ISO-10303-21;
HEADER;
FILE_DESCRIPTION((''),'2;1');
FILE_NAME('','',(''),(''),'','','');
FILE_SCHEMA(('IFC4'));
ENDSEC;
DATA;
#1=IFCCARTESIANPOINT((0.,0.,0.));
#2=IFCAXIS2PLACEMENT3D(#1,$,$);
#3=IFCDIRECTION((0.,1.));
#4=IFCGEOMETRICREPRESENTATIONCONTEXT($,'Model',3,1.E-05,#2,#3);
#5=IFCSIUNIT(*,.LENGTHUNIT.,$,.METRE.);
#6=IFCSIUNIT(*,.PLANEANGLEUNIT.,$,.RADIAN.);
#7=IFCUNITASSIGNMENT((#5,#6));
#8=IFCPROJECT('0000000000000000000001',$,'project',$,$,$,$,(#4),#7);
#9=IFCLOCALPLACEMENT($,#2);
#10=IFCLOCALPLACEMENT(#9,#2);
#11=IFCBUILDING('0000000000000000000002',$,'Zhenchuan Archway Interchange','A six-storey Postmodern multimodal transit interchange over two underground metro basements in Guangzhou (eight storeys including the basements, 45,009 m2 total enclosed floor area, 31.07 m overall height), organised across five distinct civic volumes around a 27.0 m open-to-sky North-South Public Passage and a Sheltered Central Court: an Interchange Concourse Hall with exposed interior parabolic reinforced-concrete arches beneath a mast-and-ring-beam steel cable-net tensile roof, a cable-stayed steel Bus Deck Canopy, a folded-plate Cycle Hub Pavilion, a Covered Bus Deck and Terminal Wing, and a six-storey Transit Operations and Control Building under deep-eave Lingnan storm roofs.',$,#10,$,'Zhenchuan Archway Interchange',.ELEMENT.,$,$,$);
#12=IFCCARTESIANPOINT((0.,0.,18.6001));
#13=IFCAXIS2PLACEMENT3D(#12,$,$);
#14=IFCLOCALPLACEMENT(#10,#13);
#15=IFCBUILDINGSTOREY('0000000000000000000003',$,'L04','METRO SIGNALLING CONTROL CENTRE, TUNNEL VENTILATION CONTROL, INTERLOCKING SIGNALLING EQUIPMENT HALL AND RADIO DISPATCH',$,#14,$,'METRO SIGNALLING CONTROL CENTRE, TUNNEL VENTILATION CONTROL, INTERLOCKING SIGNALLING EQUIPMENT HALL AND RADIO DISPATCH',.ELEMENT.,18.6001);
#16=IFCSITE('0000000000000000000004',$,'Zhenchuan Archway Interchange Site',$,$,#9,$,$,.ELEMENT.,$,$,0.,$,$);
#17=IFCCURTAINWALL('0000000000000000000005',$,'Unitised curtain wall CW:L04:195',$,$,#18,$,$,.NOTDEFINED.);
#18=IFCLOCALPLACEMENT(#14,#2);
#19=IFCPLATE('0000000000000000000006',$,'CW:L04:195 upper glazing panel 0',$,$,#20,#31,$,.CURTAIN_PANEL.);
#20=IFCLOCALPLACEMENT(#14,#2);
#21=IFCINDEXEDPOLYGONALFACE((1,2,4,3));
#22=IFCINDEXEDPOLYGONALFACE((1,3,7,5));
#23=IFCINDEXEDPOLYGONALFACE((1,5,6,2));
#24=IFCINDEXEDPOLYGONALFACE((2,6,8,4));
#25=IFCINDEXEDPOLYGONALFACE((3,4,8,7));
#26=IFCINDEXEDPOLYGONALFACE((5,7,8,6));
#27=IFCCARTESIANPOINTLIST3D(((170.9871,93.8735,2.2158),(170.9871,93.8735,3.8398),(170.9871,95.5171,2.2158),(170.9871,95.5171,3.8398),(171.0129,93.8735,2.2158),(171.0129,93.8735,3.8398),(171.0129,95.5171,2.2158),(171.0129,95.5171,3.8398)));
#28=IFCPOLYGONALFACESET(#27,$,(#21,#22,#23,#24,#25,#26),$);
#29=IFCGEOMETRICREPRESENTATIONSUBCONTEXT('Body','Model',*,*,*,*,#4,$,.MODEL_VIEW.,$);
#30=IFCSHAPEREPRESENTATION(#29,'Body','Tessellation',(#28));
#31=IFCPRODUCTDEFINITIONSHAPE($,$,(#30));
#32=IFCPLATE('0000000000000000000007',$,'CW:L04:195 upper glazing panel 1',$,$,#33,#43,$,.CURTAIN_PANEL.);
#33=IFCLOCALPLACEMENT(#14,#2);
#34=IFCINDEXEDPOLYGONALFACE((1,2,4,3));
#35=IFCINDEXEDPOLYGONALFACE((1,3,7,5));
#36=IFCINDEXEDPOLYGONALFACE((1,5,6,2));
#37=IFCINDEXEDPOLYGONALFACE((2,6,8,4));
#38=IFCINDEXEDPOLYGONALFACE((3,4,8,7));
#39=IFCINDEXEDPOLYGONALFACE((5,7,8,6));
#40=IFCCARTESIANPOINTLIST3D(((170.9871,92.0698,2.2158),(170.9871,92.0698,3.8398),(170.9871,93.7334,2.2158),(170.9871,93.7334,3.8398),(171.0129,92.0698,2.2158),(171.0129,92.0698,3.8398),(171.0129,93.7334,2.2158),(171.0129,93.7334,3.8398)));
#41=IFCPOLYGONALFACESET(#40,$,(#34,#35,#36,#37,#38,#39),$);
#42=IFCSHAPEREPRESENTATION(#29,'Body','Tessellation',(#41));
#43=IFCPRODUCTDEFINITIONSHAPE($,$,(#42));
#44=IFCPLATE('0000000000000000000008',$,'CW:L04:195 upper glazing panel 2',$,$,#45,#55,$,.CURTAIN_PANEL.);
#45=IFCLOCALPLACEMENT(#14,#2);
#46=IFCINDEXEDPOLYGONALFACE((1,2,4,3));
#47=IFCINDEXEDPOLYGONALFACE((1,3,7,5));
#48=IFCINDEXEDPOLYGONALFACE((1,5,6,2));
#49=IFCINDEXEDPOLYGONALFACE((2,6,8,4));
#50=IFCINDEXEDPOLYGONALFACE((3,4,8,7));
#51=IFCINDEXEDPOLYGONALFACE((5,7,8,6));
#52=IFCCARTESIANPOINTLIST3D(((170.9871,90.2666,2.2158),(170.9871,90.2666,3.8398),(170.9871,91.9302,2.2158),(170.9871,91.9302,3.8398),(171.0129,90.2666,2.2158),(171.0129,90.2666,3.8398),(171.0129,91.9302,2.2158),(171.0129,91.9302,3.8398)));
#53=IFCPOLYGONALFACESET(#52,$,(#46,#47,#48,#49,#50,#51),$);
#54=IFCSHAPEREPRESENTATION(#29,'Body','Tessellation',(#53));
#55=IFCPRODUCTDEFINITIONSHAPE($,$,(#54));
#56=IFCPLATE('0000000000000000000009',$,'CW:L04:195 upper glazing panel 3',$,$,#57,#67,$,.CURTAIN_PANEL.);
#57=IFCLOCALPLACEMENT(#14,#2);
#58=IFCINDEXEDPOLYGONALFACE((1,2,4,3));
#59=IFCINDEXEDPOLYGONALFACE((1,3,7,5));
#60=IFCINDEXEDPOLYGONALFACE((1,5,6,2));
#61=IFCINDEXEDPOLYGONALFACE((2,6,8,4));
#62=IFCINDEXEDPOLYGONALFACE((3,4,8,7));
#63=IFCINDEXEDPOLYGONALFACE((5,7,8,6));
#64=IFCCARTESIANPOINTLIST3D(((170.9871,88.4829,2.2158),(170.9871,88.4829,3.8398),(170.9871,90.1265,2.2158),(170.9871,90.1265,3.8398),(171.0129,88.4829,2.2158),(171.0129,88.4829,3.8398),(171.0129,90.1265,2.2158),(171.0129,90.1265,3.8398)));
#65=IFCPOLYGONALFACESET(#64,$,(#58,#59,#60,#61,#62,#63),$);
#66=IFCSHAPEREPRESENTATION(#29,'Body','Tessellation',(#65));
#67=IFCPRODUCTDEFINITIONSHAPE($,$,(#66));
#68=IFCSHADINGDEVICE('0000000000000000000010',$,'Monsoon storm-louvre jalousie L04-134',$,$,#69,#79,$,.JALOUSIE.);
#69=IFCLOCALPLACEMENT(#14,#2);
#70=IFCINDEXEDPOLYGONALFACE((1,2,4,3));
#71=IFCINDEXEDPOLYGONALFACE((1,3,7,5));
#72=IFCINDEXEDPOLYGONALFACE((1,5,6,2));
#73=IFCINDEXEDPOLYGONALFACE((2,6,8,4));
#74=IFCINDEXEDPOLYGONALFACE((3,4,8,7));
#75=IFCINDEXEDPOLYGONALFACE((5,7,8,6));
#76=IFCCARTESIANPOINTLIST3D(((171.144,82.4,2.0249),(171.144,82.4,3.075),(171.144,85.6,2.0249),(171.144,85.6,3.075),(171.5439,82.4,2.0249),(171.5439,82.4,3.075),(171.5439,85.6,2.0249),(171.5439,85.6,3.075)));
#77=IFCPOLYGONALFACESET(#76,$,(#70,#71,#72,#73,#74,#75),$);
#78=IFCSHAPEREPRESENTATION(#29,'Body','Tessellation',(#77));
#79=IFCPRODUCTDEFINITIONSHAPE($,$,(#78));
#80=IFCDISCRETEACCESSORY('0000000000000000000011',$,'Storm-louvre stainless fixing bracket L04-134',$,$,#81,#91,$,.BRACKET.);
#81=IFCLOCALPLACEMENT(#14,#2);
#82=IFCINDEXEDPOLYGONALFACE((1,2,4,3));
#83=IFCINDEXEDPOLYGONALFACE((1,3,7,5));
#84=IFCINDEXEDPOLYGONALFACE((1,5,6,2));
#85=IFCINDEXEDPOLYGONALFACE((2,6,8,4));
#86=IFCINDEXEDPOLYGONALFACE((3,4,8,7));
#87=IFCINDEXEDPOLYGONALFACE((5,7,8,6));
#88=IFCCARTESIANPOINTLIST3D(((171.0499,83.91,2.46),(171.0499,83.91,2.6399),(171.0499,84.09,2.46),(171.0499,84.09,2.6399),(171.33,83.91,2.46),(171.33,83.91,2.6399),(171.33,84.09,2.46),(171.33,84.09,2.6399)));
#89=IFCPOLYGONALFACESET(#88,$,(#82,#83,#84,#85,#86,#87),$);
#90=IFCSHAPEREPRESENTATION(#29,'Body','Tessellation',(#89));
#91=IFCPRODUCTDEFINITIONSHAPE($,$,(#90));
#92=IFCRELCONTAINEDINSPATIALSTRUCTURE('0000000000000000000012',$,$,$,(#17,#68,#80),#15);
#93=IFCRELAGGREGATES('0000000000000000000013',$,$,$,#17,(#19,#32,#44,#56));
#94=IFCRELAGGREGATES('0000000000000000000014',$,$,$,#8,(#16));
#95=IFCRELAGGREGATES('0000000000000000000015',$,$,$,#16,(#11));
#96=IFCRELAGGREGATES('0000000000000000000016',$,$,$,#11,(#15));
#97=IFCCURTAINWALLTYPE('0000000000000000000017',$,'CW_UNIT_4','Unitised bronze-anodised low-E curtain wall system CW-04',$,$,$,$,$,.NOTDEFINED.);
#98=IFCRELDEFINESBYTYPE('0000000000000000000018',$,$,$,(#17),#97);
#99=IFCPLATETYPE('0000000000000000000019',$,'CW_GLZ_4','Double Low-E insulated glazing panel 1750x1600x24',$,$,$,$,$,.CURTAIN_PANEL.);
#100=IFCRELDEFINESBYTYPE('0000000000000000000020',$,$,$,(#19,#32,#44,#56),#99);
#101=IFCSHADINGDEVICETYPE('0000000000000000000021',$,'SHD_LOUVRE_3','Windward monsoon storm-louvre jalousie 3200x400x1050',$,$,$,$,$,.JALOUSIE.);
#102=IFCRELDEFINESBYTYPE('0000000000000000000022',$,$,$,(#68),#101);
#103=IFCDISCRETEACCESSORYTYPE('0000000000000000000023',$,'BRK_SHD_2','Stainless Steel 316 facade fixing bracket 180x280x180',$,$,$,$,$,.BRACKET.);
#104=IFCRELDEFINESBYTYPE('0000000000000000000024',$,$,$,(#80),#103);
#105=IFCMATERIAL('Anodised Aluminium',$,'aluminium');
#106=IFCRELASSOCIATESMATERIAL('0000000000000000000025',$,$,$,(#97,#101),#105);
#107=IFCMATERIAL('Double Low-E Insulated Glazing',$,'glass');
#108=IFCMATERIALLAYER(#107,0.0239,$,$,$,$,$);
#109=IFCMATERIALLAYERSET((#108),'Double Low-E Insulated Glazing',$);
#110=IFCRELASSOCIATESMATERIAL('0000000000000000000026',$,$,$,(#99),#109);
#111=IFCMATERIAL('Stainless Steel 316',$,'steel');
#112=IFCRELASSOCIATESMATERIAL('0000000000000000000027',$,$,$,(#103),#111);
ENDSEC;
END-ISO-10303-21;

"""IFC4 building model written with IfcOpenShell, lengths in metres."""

from ifc_helpers import new_model, si_unit, direction, frame, origin, origin_2d, place, context, subcontext, project, spatial, rectangle, extrude, material, layer, layer_set, type_object, element, aggregate, save


model = new_model("IFC4")

# Units and contexts
model_context = context("Model", 3, precision=1e-05, world=origin(), true_north=direction((0.0, 1.0)))
body_context = subcontext(model_context, "Body", "Model", "MODEL_VIEW")
ifc_project = project(units=[si_unit("LENGTHUNIT", "METRE"), si_unit("PLANEANGLEUNIT", "RADIAN")], contexts=[model_context])

# Site, building, storey
site_placement = place(None, origin())
site = spatial("IfcSite", under=ifc_project, at=site_placement, Name="Zhenchuan Archway Interchange Site", CompositionType="ELEMENT", RefElevation=0.0)
building_placement = place(site_placement, origin())
building = spatial("IfcBuilding", under=site, at=building_placement, Name="Zhenchuan Archway Interchange", Description="A six-storey Postmodern multimodal transit interchange over two underground metro basements in Guangzhou (eight storeys including the basements, 45,009 m2 total enclosed floor area, 31.07 m overall height), organised across five distinct civic volumes around a 27.0 m open-to-sky North-South Public Passage and a Sheltered Central Court: an Interchange Concourse Hall with exposed interior parabolic reinforced-concrete arches beneath a mast-and-ring-beam steel cable-net tensile roof, a cable-stayed steel Bus Deck Canopy, a folded-plate Cycle Hub Pavilion, a Covered Bus Deck and Terminal Wing, and a six-storey Transit Operations and Control Building under deep-eave Lingnan storm roofs.", LongName="Zhenchuan Archway Interchange", CompositionType="ELEMENT")
storey_placement = place(building_placement, frame((0.0, 0.0, 18.6001)))
storey = spatial("IfcBuildingStorey", under=building, at=storey_placement, Name="L04", Description="METRO SIGNALLING CONTROL CENTRE, TUNNEL VENTILATION CONTROL, INTERLOCKING SIGNALLING EQUIPMENT HALL AND RADIO DISPATCH", LongName="METRO SIGNALLING CONTROL CENTRE, TUNNEL VENTILATION CONTROL, INTERLOCKING SIGNALLING EQUIPMENT HALL AND RADIO DISPATCH", CompositionType="ELEMENT", Elevation=18.6001)

# Curtain wall, plates
ifc_material_1 = material(Name="Anodised Aluminium", Category="aluminium")
curtain_wall_type = type_object("IfcCurtainWallType", Name="CW_UNIT_4", Description="Unitised bronze-anodised low-E curtain wall system CW-04", PredefinedType="NOTDEFINED", material=ifc_material_1)
curtain_wall_placement = place(storey_placement, origin())
curtain_wall = element("IfcCurtainWall", 1, at=curtain_wall_placement, inside=storey, type_object=curtain_wall_type, Name="Unitised curtain wall CW:L04:195", PredefinedType="NOTDEFINED")
ifc_material_2 = material(Name="Double Low-E Insulated Glazing", Category="glass")
ifc_layer_1 = layer(ifc_material_2, 0.0239)
ifc_layer_set_1 = layer_set([ifc_layer_1], Name="Double Low-E Insulated Glazing")
plate_type_1 = type_object("IfcPlateType", Name="CW_GLZ_4", Description="Double Low-E insulated glazing panel 1750x1600x24", PredefinedType="CURTAIN_PANEL", material=ifc_layer_set_1)
plate_1_placement = place(storey_placement, frame((171.0, 94.6953, 2.2158), z_axis=(0.0, 0.0, 1.0), x_axis=(0.0, -1.0, 0.0)))
plate_1 = element("IfcPlate", 2, at=plate_1_placement, type_object=plate_type_1, Name="CW:L04:195 upper glazing panel 0", PredefinedType="CURTAIN_PANEL", context=body_context, shape_type="SweptSolid", body=[
    extrude(rectangle(XDim=1.6436, YDim=0.0259, at=origin_2d()), origin(), (0.0, 0.0, 1.0), 1.624),
])
plate_2_placement = place(storey_placement, frame((171.0, 92.9016, 2.2158), z_axis=(0.0, 0.0, 1.0), x_axis=(0.0, -1.0, 0.0)))
plate_2 = element("IfcPlate", 3, at=plate_2_placement, type_object=plate_type_1, Name="CW:L04:195 upper glazing panel 1", PredefinedType="CURTAIN_PANEL", context=body_context, shape_type="SweptSolid", body=[
    extrude(rectangle(XDim=1.6636, YDim=0.0259, at=origin_2d()), origin(), (0.0, 0.0, 1.0), 1.624),
])
plate_3_placement = place(storey_placement, frame((171.0, 91.0984, 2.2158), z_axis=(0.0, 0.0, 1.0), x_axis=(0.0, -1.0, 0.0)))
plate_3 = element("IfcPlate", 4, at=plate_3_placement, type_object=plate_type_1, Name="CW:L04:195 upper glazing panel 2", PredefinedType="CURTAIN_PANEL", context=body_context, shape_type="SweptSolid", body=[
    extrude(rectangle(XDim=1.6636, YDim=0.0259, at=origin_2d()), origin(), (0.0, 0.0, 1.0), 1.624),
])
plate_4_placement = place(storey_placement, frame((171.0, 89.3047, 2.2158), z_axis=(0.0, 0.0, 1.0), x_axis=(0.0, -1.0, 0.0)))
plate_4 = element("IfcPlate", 5, at=plate_4_placement, type_object=plate_type_1, Name="CW:L04:195 upper glazing panel 3", PredefinedType="CURTAIN_PANEL", context=body_context, shape_type="SweptSolid", body=[
    extrude(rectangle(XDim=1.6436, YDim=0.0259, at=origin_2d()), origin(), (0.0, 0.0, 1.0), 1.624),
])
aggregate(curtain_wall, [plate_1, plate_2, plate_3, plate_4])

# Shading device
shading_device_type = type_object("IfcShadingDeviceType", Name="SHD_LOUVRE_3", Description="Windward monsoon storm-louvre jalousie 3200x400x1050", PredefinedType="JALOUSIE", material=ifc_material_1)
shading_device_placement = place(storey_placement, frame((171.344, 84.0, 2.0249), z_axis=(0.0, 0.0, 1.0), x_axis=(0.0, -1.0, 0.0)))
element("IfcShadingDevice", 6, at=shading_device_placement, inside=storey, type_object=shading_device_type, Name="Monsoon storm-louvre jalousie L04-134", PredefinedType="JALOUSIE", context=body_context, shape_type="SweptSolid", body=[
    extrude(rectangle(XDim=3.2, YDim=0.3999, at=origin_2d()), origin(), (0.0, 0.0, 1.0), 1.05),
])

# Discrete accessory
ifc_material_3 = material(Name="Stainless Steel 316", Category="steel")
discrete_accessory_type = type_object("IfcDiscreteAccessoryType", Name="BRK_SHD_2", Description="Stainless Steel 316 facade fixing bracket 180x280x180", PredefinedType="BRACKET", material=ifc_material_3)
discrete_accessory_placement = place(storey_placement, frame((171.1899, 84.0, 2.46), z_axis=(0.0, 0.0, 1.0), x_axis=(0.0, -1.0, 0.0)))
element("IfcDiscreteAccessory", 7, at=discrete_accessory_placement, inside=storey, type_object=discrete_accessory_type, Name="Storm-louvre stainless fixing bracket L04-134", PredefinedType="BRACKET", context=body_context, shape_type="SweptSolid", body=[
    extrude(rectangle(XDim=0.1799, YDim=0.28, at=origin_2d()), origin(), (0.0, 0.0, 1.0), 0.1799),
])

save(model, "model.ifc")
